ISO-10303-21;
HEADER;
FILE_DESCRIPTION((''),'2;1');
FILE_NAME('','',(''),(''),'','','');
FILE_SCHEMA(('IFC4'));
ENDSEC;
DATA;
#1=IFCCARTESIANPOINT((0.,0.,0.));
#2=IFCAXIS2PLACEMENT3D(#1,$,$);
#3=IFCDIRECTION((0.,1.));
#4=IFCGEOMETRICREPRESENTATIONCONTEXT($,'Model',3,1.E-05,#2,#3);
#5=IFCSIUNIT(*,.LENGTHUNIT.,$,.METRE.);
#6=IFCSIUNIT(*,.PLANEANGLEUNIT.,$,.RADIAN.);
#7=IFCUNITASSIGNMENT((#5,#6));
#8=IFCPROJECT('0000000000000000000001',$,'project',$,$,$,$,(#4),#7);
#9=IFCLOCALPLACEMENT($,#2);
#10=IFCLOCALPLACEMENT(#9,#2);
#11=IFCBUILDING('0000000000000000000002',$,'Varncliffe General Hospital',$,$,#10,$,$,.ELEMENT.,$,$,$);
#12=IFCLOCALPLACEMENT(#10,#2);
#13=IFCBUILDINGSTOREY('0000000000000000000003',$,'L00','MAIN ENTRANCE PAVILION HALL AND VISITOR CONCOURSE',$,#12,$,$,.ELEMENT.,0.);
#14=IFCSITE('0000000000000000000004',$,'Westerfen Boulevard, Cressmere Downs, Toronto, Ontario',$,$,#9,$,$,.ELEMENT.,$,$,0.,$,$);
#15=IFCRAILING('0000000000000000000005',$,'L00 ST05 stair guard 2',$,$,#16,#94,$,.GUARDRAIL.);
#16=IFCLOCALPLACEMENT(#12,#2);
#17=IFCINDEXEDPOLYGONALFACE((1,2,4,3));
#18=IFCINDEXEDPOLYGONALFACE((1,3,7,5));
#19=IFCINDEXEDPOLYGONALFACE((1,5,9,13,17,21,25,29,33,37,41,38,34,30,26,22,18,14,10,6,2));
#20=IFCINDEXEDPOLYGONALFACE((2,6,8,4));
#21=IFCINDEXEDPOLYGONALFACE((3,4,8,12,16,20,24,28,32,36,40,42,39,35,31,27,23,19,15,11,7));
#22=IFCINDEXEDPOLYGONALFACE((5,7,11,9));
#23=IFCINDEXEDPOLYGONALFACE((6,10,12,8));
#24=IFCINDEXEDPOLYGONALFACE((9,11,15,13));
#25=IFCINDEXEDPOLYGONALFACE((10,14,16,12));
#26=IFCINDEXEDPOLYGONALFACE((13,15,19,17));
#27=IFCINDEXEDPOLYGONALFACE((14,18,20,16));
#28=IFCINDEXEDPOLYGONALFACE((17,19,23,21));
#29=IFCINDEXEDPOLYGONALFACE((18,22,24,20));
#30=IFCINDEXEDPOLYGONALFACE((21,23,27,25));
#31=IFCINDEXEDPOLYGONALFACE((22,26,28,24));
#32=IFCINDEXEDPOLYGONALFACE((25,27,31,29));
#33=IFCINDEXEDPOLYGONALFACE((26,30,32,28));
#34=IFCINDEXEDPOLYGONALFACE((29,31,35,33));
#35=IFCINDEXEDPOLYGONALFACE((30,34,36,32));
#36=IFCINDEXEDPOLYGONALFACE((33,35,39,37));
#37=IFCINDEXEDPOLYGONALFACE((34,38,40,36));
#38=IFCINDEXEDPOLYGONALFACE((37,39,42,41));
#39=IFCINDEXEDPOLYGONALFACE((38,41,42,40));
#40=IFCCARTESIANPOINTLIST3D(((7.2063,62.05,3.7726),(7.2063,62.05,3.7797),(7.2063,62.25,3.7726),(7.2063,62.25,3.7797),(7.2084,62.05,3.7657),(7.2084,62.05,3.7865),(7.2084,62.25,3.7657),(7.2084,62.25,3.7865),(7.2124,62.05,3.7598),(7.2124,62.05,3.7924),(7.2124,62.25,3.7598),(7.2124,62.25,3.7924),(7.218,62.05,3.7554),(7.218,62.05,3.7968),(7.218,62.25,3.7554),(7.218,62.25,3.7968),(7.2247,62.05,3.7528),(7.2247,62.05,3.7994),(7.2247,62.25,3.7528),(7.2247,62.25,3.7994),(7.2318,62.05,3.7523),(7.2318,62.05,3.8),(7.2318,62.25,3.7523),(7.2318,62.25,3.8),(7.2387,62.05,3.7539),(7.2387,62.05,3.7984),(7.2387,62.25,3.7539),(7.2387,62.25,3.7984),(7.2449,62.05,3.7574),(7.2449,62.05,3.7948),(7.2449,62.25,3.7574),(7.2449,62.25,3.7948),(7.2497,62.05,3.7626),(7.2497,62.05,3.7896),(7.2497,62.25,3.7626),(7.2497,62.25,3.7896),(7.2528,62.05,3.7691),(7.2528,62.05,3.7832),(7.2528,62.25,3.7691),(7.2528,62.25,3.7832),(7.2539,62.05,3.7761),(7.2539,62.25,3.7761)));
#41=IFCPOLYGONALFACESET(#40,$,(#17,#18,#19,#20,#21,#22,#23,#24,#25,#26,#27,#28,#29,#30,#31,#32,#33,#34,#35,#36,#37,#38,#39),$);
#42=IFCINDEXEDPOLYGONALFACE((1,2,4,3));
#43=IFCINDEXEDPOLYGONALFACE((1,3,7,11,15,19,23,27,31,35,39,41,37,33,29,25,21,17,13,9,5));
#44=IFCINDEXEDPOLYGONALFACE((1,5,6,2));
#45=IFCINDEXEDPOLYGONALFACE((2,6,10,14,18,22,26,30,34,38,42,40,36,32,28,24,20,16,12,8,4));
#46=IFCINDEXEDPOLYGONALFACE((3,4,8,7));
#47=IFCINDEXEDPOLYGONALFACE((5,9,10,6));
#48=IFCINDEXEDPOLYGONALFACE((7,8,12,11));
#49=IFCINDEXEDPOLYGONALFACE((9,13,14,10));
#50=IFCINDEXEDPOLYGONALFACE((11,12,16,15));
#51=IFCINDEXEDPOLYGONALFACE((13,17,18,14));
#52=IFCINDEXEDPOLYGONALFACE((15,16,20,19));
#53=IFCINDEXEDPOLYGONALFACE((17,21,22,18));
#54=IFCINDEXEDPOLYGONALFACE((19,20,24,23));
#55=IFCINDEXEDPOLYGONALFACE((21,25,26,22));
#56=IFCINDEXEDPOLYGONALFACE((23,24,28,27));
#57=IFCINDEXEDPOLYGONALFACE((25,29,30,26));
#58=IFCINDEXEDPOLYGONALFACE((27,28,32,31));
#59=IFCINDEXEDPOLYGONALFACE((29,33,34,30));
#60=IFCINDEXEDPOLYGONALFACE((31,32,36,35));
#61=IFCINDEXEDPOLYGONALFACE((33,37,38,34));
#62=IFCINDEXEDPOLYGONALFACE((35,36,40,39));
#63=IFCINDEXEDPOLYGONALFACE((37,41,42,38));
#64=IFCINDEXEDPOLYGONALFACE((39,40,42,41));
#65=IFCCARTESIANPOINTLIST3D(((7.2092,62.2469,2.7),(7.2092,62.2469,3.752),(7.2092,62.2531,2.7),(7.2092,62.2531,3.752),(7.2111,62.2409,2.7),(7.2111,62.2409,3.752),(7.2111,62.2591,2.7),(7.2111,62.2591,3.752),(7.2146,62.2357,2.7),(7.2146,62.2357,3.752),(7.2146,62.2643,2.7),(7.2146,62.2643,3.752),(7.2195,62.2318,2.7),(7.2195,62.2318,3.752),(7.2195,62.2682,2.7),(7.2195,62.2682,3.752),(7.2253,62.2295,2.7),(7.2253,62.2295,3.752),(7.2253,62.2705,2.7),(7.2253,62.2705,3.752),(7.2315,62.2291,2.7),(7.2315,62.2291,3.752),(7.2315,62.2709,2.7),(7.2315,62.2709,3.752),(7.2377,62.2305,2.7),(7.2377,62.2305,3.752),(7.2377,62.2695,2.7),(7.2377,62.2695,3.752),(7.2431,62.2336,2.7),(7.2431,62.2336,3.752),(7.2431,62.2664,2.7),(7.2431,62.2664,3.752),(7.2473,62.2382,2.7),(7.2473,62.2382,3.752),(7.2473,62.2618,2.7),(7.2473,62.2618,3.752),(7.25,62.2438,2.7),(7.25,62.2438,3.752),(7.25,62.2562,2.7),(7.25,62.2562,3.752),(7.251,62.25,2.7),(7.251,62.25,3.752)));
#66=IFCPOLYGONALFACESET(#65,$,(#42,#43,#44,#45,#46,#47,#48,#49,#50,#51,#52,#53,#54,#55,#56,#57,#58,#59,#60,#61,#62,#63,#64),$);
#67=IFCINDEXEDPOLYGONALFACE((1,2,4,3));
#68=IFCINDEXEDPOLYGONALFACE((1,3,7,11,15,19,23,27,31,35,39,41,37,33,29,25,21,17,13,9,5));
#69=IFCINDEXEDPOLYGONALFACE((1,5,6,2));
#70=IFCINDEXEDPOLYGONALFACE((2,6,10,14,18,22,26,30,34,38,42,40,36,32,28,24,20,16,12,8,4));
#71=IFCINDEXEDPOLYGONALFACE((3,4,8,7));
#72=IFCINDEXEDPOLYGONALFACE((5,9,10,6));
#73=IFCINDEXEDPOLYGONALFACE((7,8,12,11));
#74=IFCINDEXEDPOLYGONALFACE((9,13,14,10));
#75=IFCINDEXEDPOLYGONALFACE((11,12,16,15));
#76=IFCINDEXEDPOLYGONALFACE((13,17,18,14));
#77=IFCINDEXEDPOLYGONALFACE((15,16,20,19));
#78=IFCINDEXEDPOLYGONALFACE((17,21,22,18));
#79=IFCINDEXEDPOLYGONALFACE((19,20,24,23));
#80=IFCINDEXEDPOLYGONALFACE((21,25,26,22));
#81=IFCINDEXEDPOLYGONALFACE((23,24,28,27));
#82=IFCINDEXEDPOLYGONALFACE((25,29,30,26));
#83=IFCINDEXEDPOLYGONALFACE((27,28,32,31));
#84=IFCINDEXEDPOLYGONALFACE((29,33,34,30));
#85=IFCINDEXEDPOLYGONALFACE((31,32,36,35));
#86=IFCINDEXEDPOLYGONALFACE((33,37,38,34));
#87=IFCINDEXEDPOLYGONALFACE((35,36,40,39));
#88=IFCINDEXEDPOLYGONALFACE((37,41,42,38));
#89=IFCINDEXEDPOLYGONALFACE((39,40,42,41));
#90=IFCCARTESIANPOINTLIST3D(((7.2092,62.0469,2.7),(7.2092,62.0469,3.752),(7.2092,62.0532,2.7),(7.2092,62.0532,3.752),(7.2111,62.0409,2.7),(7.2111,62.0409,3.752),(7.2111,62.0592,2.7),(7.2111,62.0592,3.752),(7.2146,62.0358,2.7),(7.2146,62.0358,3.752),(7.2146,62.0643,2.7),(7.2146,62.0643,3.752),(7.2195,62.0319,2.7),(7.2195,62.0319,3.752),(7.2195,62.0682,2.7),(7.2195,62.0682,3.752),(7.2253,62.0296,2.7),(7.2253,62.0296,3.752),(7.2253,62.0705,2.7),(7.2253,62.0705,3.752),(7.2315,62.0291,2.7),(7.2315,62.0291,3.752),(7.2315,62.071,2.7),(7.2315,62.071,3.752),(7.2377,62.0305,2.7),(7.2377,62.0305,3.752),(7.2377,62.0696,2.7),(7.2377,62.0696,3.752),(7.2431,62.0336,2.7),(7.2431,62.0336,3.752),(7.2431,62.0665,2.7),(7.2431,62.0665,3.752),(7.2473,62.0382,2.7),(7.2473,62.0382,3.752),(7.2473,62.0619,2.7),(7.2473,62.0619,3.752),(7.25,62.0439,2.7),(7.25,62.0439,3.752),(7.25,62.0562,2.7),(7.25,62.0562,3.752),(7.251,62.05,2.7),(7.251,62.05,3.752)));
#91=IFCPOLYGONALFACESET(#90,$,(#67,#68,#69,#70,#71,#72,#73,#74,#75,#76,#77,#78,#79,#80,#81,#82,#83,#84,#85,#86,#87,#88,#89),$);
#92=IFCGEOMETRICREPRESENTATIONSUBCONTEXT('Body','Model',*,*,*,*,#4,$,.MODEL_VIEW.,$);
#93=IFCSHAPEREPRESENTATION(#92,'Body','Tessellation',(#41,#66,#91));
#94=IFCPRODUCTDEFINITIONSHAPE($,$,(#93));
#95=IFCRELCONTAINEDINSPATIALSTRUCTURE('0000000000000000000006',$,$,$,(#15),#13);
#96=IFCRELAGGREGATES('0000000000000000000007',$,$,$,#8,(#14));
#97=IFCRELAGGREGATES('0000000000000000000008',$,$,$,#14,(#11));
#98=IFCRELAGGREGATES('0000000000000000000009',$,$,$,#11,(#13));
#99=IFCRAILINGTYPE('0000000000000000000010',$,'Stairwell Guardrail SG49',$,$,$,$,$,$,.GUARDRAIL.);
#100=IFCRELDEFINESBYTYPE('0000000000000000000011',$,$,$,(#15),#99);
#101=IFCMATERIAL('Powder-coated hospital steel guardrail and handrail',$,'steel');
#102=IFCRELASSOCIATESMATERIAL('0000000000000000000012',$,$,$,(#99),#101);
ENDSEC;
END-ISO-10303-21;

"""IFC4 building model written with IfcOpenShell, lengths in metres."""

from ifc_helpers import new_model, si_unit, direction, frame, origin, origin_2d, place, context, subcontext, project, spatial, circle, extrude, material, type_object, element, save


model = new_model("IFC4")

# Units and contexts
model_context = context("Model", 3, precision=1e-05, world=origin(), true_north=direction((0.0, 1.0)))
body_context = subcontext(model_context, "Body", "Model", "MODEL_VIEW")
ifc_project = project(units=[si_unit("LENGTHUNIT", "METRE"), si_unit("PLANEANGLEUNIT", "RADIAN")], contexts=[model_context])

# Site, building, storey
site_placement = place(None, origin())
site = spatial("IfcSite", under=ifc_project, at=site_placement, Name="Westerfen Boulevard, Cressmere Downs, Toronto, Ontario", CompositionType="ELEMENT", RefElevation=0.0)
building_placement = place(site_placement, origin())
building = spatial("IfcBuilding", under=site, at=building_placement, Name="Varncliffe General Hospital", CompositionType="ELEMENT")
storey_placement = place(building_placement, origin())
storey = spatial("IfcBuildingStorey", under=building, at=storey_placement, Name="L00", Description="MAIN ENTRANCE PAVILION HALL AND VISITOR CONCOURSE", CompositionType="ELEMENT", Elevation=0.0)

# Railing
ifc_material_1 = material(Name="Powder-coated hospital steel guardrail and handrail", Category="steel")
railing_type_1 = type_object("IfcRailingType", Name="Stairwell Guardrail SG49", PredefinedType="GUARDRAIL", material=ifc_material_1)
railing_1_placement = place(storey_placement, frame((7.23, 62.25, 2.7)))
element("IfcRailing", 1, at=railing_1_placement, inside=storey, type_object=railing_type_1, Name="L00 ST05 stair guard 2", PredefinedType="GUARDRAIL", context=body_context, shape_type="SweptSolid", body=[
    extrude(circle(Radius=0.0239, at=origin_2d()), frame((0.0, 0.0, 1.0762), z_axis=(0.0, -1.0, 0.0), x_axis=(1.0, 0.0, 0.0)), (0.0, 0.0, 1.0), 0.2),
    extrude(circle(Radius=0.021, at=origin_2d()), origin(), (0.0, 0.0, 1.0), 1.052),
    extrude(circle(Radius=0.021, at=origin_2d()), frame((0.0, -0.2, 0.0)), (0.0, 0.0, 1.0), 1.052),
])

save(model, "model.ifc")
